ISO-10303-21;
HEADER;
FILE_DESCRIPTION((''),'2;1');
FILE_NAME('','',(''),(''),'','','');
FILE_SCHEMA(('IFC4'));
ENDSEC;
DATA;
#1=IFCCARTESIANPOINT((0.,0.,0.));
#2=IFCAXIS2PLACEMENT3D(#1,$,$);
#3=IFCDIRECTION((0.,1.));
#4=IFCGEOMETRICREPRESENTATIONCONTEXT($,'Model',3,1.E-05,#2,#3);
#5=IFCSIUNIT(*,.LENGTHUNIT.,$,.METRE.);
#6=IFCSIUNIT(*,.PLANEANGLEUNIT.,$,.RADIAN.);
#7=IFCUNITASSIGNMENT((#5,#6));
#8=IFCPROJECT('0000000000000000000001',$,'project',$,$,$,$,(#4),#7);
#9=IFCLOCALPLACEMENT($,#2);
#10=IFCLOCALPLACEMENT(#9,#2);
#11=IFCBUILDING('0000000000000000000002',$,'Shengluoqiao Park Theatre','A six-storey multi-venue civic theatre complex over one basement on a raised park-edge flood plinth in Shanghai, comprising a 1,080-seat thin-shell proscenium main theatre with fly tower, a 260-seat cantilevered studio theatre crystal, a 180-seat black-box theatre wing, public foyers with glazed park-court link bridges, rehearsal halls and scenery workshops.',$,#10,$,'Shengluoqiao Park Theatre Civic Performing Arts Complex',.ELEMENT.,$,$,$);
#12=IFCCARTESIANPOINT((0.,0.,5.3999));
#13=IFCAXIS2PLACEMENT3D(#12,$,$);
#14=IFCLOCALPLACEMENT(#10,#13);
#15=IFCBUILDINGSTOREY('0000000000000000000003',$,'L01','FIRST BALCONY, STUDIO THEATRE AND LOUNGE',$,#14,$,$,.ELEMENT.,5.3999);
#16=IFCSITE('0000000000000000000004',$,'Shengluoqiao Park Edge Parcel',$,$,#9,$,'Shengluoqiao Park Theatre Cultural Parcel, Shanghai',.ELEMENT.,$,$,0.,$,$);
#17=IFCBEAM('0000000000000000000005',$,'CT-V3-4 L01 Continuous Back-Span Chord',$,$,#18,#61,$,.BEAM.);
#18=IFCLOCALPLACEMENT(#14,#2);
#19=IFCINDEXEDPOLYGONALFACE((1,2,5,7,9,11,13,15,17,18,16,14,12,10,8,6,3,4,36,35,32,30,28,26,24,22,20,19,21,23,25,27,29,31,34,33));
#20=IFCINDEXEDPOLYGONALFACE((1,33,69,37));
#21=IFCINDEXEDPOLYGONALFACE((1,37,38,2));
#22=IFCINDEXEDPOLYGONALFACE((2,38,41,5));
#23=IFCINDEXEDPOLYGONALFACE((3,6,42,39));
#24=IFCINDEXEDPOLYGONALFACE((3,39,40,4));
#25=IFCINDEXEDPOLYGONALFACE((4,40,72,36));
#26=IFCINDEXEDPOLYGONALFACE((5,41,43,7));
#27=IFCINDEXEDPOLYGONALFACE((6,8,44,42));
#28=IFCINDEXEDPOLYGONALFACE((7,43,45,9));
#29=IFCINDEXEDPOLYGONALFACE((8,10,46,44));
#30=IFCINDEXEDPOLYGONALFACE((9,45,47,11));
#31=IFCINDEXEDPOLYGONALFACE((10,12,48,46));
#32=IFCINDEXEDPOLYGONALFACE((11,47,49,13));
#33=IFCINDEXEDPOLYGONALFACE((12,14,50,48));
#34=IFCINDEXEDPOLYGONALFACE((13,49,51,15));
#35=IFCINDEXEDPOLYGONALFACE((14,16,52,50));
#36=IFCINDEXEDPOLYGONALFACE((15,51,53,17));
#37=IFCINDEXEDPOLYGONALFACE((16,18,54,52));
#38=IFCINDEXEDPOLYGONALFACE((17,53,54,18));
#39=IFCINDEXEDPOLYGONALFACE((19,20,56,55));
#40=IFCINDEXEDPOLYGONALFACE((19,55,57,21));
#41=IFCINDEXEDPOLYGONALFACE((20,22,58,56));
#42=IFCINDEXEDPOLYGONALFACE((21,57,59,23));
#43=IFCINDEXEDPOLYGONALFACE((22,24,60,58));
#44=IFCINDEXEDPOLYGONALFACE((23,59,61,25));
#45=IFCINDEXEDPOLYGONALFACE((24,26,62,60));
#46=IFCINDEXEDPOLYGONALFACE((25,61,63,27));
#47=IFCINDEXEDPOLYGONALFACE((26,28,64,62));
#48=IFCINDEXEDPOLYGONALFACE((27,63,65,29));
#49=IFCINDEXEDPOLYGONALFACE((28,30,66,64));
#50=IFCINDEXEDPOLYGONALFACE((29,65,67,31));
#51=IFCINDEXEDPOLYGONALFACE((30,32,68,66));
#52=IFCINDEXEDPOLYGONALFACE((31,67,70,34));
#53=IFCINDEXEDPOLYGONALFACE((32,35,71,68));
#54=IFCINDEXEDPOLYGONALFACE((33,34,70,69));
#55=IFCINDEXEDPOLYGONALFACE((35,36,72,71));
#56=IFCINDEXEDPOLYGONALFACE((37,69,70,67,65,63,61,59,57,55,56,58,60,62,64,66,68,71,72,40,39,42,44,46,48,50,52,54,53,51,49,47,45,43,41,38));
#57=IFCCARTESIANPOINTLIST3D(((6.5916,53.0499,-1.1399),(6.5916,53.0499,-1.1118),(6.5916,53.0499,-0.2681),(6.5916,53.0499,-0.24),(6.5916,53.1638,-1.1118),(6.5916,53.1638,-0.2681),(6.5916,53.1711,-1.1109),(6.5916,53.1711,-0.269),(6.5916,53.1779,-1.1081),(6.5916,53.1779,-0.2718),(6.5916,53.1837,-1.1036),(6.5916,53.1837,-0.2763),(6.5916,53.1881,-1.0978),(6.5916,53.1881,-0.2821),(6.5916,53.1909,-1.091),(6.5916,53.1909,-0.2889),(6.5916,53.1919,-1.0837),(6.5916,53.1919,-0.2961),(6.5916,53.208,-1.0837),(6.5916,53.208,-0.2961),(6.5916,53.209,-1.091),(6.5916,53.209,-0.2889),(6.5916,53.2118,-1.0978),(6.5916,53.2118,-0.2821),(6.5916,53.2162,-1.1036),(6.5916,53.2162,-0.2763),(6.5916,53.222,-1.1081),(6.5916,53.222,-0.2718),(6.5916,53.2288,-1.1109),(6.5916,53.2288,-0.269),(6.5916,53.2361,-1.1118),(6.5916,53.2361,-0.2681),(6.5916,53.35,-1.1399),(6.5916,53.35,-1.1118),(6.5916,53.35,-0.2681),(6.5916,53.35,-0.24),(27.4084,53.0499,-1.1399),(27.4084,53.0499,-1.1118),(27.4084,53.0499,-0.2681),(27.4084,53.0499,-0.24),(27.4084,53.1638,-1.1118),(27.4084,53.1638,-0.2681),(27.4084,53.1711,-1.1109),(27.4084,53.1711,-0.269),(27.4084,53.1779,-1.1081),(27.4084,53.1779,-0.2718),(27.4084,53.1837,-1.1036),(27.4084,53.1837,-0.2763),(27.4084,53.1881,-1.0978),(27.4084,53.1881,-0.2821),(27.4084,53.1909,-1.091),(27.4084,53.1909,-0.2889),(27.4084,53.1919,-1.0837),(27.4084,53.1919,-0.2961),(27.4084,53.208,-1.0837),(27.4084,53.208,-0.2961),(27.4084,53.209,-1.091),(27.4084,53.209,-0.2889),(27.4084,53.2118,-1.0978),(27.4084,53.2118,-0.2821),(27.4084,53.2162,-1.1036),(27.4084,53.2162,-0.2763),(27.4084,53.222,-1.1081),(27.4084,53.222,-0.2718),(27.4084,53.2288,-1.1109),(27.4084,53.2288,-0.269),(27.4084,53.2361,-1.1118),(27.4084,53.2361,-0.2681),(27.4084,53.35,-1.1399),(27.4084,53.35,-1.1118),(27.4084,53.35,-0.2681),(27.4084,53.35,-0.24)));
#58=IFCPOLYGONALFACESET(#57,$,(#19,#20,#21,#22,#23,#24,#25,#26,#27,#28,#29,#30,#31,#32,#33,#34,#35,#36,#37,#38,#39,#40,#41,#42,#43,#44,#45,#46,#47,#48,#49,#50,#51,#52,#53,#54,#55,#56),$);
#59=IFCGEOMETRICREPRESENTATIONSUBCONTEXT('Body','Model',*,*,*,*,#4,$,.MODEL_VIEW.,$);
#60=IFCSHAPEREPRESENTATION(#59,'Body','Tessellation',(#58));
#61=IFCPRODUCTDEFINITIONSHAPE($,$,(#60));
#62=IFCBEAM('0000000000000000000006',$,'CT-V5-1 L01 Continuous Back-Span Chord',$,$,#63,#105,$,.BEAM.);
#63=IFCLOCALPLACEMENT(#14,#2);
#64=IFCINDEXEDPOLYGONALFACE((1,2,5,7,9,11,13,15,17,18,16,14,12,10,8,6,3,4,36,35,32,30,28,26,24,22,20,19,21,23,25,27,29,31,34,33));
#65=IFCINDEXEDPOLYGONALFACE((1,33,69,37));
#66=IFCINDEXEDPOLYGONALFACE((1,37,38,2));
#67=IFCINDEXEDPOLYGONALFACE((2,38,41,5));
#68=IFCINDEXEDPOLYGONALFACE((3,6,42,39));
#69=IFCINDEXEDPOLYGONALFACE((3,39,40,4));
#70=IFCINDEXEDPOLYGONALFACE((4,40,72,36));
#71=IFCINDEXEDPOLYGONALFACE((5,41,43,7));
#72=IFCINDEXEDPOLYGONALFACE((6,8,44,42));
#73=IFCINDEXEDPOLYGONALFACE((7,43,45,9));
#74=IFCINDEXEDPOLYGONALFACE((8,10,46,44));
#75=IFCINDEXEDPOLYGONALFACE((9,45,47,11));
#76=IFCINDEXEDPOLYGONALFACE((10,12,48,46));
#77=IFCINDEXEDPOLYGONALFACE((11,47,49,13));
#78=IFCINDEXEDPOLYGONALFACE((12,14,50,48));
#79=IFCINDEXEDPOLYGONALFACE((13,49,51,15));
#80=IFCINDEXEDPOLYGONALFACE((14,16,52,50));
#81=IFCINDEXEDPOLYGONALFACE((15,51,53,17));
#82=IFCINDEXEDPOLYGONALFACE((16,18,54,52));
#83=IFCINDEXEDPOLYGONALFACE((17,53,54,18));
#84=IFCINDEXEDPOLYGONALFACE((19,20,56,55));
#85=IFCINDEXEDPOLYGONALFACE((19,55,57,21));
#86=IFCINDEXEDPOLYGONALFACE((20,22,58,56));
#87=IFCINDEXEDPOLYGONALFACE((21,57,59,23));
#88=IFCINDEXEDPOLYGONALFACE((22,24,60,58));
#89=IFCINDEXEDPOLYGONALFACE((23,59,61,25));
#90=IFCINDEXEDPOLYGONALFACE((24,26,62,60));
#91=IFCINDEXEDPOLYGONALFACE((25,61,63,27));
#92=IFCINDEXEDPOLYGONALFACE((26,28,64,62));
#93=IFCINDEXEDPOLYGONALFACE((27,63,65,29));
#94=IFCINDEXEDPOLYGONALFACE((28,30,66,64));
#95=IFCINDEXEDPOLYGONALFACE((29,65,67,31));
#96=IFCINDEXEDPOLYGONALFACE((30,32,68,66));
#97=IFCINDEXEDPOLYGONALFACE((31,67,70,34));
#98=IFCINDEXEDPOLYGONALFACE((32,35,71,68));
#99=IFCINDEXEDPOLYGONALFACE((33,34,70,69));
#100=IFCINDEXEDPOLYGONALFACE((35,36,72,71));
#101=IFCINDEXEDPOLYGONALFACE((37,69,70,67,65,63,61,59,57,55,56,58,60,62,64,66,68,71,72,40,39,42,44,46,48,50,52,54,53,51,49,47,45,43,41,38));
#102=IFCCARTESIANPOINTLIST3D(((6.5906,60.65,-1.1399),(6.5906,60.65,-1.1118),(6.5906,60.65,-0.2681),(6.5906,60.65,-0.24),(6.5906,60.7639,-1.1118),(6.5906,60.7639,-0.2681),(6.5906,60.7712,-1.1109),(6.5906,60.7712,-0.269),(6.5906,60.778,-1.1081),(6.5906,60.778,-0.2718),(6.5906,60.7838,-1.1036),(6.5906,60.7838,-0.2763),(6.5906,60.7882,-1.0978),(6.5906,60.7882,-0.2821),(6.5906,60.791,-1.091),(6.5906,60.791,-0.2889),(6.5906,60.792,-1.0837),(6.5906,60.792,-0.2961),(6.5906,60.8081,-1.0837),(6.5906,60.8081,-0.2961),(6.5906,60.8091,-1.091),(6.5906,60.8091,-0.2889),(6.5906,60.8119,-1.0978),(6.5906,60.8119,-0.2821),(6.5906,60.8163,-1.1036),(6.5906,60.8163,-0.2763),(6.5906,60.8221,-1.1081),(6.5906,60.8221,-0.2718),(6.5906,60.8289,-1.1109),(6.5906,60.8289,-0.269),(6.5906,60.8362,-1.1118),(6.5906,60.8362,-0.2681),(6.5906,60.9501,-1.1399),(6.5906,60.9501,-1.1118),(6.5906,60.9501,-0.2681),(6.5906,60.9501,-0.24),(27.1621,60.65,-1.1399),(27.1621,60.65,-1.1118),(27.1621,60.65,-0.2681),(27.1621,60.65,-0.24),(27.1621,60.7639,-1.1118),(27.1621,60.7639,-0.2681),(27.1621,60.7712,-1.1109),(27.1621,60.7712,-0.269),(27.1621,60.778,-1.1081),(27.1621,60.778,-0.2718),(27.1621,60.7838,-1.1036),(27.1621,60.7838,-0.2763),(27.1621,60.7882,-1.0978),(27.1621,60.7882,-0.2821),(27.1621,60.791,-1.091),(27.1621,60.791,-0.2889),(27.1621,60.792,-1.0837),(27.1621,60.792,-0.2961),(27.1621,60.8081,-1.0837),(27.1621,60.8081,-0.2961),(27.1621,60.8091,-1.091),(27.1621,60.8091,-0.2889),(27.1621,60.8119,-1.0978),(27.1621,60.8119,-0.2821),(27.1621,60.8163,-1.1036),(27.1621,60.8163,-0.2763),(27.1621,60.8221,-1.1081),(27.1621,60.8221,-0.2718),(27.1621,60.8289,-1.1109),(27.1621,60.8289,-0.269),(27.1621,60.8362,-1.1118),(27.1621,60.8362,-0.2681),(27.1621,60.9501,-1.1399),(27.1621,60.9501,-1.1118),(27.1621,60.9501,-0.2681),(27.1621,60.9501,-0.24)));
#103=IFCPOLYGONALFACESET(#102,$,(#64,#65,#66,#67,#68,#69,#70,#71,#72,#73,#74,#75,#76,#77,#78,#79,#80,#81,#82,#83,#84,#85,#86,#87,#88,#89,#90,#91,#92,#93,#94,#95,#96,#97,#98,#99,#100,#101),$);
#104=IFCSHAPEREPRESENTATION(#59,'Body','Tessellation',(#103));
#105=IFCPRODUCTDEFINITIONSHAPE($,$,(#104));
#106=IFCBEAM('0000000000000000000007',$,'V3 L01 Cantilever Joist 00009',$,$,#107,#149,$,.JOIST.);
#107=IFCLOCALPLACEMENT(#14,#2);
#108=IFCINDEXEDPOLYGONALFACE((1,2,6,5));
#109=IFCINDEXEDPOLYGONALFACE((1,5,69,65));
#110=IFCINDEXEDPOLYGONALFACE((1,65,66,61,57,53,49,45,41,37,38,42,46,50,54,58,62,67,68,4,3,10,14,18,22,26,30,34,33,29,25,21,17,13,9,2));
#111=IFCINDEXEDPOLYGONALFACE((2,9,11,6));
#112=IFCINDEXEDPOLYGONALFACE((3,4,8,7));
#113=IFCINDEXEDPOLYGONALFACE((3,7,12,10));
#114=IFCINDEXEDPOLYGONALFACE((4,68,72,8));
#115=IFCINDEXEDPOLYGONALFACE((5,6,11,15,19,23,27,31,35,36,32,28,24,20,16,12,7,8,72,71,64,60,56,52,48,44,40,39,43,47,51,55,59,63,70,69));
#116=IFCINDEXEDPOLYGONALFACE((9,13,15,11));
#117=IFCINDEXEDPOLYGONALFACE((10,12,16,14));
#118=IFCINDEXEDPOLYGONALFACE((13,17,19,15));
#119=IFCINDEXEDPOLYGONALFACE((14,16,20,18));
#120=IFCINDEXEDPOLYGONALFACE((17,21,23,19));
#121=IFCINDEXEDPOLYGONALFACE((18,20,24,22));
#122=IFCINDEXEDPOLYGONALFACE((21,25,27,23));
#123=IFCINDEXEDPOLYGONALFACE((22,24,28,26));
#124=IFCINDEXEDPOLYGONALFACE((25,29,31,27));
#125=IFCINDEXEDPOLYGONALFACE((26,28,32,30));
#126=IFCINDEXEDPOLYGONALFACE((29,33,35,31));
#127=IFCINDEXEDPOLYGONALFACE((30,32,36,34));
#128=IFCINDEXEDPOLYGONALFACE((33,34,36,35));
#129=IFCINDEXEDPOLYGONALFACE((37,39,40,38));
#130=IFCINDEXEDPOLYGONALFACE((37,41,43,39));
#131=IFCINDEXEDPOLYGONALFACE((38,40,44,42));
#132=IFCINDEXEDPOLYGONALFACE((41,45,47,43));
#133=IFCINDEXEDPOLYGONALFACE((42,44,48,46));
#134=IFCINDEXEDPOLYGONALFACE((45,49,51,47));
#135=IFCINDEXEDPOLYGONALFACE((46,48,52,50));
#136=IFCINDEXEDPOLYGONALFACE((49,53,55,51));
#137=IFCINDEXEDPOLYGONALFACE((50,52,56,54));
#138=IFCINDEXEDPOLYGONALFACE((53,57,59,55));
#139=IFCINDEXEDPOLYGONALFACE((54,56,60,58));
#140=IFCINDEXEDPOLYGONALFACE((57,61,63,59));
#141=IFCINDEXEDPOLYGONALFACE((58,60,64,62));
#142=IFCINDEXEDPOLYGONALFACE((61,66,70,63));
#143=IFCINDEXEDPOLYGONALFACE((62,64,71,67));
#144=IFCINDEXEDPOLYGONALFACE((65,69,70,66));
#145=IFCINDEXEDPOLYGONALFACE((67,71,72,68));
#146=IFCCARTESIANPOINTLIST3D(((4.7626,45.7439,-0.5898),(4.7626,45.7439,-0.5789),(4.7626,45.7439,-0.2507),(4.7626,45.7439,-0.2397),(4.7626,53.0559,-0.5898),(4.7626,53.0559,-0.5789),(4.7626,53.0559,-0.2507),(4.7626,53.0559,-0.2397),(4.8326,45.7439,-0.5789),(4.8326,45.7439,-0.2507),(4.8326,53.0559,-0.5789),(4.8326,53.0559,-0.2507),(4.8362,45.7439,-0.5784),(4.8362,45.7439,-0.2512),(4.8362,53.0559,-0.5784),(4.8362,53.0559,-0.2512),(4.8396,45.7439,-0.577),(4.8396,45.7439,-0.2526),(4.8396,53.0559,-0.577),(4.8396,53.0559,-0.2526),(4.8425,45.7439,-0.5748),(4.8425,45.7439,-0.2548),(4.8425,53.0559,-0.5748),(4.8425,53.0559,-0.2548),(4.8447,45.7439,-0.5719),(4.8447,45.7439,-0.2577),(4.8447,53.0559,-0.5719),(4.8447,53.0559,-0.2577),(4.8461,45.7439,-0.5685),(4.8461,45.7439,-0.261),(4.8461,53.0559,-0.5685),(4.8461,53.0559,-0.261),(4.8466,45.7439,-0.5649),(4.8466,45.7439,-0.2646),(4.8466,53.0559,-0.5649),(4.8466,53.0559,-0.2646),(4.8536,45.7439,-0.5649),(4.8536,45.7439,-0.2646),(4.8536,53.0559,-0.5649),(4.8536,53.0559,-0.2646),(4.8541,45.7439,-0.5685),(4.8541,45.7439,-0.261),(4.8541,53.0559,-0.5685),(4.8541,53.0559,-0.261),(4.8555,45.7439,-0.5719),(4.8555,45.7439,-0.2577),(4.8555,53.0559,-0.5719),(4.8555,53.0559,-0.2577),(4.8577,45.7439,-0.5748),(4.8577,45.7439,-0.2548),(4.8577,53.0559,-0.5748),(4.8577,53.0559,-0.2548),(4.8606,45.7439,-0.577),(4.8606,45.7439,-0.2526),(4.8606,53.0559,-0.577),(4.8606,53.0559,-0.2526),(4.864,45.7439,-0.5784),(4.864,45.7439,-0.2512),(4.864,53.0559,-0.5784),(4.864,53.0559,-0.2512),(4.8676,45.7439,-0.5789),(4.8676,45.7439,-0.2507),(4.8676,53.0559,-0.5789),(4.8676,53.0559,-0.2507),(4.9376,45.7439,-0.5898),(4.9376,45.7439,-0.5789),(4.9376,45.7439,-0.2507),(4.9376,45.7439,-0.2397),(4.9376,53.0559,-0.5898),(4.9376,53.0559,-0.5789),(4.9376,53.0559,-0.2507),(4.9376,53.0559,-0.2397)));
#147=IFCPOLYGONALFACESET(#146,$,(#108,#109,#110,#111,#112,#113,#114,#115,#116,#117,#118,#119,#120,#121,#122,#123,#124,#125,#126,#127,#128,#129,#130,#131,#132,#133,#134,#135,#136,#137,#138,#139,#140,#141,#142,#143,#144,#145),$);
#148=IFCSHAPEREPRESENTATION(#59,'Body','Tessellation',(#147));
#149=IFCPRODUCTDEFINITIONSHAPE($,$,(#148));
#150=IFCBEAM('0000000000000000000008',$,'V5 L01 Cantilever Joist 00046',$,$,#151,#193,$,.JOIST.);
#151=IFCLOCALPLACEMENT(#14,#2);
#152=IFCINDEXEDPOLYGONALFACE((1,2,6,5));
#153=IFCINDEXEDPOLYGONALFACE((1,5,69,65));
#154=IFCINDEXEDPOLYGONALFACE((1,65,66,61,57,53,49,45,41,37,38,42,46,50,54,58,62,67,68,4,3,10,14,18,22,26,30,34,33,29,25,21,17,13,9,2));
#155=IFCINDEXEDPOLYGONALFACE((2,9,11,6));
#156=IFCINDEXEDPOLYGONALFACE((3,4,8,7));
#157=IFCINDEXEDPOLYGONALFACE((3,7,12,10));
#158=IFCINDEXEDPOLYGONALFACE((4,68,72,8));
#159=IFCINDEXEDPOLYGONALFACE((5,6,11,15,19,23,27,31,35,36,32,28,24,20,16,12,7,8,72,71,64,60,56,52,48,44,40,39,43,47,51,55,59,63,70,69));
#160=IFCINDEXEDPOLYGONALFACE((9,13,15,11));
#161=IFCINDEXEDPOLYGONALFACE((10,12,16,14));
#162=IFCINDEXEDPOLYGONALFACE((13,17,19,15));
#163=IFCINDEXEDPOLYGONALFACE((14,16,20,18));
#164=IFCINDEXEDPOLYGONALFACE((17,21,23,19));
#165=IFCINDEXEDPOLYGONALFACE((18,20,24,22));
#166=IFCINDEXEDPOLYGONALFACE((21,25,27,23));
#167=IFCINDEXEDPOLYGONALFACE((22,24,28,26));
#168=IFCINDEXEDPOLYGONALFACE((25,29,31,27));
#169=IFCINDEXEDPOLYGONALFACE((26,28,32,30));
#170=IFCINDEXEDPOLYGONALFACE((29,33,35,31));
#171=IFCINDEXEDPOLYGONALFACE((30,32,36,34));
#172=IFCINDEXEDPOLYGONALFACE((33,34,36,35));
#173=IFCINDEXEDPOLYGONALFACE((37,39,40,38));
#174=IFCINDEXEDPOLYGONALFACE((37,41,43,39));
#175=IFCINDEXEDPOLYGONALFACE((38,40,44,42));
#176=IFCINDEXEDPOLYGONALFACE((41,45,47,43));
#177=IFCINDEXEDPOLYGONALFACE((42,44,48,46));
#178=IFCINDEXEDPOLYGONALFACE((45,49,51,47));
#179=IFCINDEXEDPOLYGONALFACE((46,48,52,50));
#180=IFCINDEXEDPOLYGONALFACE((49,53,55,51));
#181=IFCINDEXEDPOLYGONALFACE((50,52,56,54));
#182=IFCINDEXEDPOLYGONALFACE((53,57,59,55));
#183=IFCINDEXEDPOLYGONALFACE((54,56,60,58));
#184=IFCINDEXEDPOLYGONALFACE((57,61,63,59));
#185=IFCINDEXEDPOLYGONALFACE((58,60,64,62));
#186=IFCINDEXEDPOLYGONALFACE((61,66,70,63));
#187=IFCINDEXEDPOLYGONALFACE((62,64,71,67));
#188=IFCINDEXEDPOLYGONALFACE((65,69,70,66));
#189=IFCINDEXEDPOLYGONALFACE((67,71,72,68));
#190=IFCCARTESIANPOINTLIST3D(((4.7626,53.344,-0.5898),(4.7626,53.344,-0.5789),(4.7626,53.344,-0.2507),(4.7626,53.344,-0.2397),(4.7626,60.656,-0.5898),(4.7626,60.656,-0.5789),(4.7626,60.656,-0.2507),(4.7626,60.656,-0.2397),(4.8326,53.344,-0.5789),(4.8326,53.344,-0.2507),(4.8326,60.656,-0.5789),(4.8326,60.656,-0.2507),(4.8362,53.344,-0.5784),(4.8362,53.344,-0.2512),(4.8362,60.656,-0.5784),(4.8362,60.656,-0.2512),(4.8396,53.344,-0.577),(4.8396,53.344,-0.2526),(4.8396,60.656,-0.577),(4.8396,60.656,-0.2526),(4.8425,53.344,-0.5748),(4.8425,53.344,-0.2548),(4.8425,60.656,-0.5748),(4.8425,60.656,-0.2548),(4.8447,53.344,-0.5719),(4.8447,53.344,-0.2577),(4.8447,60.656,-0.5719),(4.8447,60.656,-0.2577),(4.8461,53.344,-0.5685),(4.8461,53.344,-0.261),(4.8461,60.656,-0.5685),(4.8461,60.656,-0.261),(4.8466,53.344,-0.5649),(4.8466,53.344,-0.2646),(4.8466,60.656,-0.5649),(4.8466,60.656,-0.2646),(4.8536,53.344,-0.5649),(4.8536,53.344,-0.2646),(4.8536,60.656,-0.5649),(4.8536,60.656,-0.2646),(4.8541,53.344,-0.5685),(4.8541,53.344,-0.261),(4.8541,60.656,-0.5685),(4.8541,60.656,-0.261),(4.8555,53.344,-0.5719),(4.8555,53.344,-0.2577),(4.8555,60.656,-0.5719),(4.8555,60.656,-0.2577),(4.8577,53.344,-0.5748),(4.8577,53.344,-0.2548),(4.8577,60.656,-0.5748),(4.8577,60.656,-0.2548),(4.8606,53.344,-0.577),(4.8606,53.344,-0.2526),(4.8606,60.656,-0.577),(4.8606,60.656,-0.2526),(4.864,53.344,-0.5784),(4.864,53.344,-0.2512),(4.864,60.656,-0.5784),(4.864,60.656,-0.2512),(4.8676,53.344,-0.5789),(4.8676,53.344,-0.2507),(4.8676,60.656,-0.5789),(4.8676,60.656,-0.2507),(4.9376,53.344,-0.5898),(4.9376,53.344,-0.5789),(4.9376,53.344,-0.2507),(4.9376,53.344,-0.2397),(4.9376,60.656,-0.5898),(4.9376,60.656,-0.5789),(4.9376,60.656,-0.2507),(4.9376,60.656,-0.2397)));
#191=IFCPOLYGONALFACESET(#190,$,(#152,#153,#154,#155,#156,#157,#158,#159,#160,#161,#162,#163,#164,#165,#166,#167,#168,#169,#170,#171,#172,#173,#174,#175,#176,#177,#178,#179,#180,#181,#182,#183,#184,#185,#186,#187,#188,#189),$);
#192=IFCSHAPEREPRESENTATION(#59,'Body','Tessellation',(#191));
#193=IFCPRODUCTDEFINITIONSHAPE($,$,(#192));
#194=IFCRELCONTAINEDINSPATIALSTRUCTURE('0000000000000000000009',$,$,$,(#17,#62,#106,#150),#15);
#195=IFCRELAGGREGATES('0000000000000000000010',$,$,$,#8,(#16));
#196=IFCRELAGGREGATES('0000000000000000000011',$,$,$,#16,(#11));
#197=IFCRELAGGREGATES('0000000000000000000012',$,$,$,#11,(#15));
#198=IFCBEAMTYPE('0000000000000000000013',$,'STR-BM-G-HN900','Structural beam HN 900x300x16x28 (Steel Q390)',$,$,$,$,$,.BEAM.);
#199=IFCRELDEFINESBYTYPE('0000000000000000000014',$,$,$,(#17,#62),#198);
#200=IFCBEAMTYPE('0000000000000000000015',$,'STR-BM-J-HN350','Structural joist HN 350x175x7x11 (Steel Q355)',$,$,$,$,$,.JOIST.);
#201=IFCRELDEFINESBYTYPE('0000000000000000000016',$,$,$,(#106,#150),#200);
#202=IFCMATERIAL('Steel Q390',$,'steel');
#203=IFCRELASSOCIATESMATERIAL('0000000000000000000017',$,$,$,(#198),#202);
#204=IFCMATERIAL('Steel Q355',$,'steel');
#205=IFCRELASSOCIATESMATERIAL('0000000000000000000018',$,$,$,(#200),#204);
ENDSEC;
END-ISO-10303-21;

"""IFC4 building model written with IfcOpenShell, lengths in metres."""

from ifc_helpers import new_model, si_unit, direction, frame, origin, origin_2d, place, context, subcontext, project, spatial, i_section, extrude, material, material_profile, profile_set, type_object, element, save


model = new_model("IFC4")

# Units and contexts
model_context = context("Model", 3, precision=1e-05, world=origin(), true_north=direction((0.0, 1.0)))
body_context = subcontext(model_context, "Body", "Model", "MODEL_VIEW")
ifc_project = project(units=[si_unit("LENGTHUNIT", "METRE"), si_unit("PLANEANGLEUNIT", "RADIAN")], contexts=[model_context])

# Site, building, storey
site_placement = place(None, origin())
site = spatial("IfcSite", under=ifc_project, at=site_placement, Name="Shengluoqiao Park Edge Parcel", LongName="Shengluoqiao Park Theatre Cultural Parcel, Shanghai", CompositionType="ELEMENT", RefElevation=0.0)
building_placement = place(site_placement, origin())
building = spatial("IfcBuilding", under=site, at=building_placement, Name="Shengluoqiao Park Theatre", Description="A six-storey multi-venue civic theatre complex over one basement on a raised park-edge flood plinth in Shanghai, comprising a 1,080-seat thin-shell proscenium main theatre with fly tower, a 260-seat cantilevered studio theatre crystal, a 180-seat black-box theatre wing, public foyers with glazed park-court link bridges, rehearsal halls and scenery workshops.", LongName="Shengluoqiao Park Theatre Civic Performing Arts Complex", CompositionType="ELEMENT")
storey_placement = place(building_placement, frame((0.0, 0.0, 5.3999)))
storey = spatial("IfcBuildingStorey", under=building, at=storey_placement, Name="L01", Description="FIRST BALCONY, STUDIO THEATRE AND LOUNGE", CompositionType="ELEMENT", Elevation=5.3999)

# Shared definitions
ifc_material_1 = material(Name="Steel Q355", Category="steel")

# Beams
ifc_material_2 = material(Name="Steel Q390", Category="steel")
ifc_material_profile_1 = material_profile(ifc_material_2, i_section(OverallWidth=0.3, OverallDepth=0.8999, WebThickness=0.0161, FlangeThickness=0.0281, FilletRadius=0.0281, at=origin_2d()), Name="HN 900x300x16x28")
ifc_profile_set_1 = profile_set([ifc_material_profile_1], Name="Steel Q390")
beam_type_1 = type_object("IfcBeamType", Name="STR-BM-G-HN900", Description="Structural beam HN 900x300x16x28 (Steel Q390)", PredefinedType="BEAM", material=ifc_profile_set_1)
beam_1_placement = place(storey_placement, frame((6.5916, 53.2, -0.6899), z_axis=(1.0, 0.0, 0.0), x_axis=(0.0, 1.0, 0.0)))
element("IfcBeam", 1, at=beam_1_placement, inside=storey, type_object=beam_type_1, Name="CT-V3-4 L01 Continuous Back-Span Chord", PredefinedType="BEAM", context=body_context, shape_type="SweptSolid", body=[
    extrude(i_section(OverallWidth=0.3, OverallDepth=0.8999, WebThickness=0.0161, FlangeThickness=0.0281, FilletRadius=0.0281, at=origin_2d()), origin(), (0.0, 0.0, 1.0), 20.8169),
])
beam_2_placement = place(storey_placement, frame((6.5906, 60.8, -0.6899), z_axis=(1.0, 0.0, 0.0), x_axis=(0.0, 1.0, 0.0)))
element("IfcBeam", 2, at=beam_2_placement, inside=storey, type_object=beam_type_1, Name="CT-V5-1 L01 Continuous Back-Span Chord", PredefinedType="BEAM", context=body_context, shape_type="SweptSolid", body=[
    extrude(i_section(OverallWidth=0.3, OverallDepth=0.8999, WebThickness=0.0161, FlangeThickness=0.0281, FilletRadius=0.0281, at=origin_2d()), origin(), (0.0, 0.0, 1.0), 20.5715),
])
ifc_material_profile_2 = material_profile(ifc_material_1, i_section(OverallWidth=0.175, OverallDepth=0.3501, WebThickness=0.0071, FlangeThickness=0.011, FilletRadius=0.0139, at=origin_2d()), Name="HN 350x175x7x11")
ifc_profile_set_2 = profile_set([ifc_material_profile_2], Name="Steel Q355")
beam_type_2 = type_object("IfcBeamType", Name="STR-BM-J-HN350", Description="Structural joist HN 350x175x7x11 (Steel Q355)", PredefinedType="JOIST", material=ifc_profile_set_2)
for number, where, z_axis, x_axis, name in (
    (3, (4.8501, 45.7439, -0.4148), (0.0, 1.0, 0.0), (-1.0, 0.0, 0.0), "V3 L01 Cantilever Joist 00009"),
    (4, (4.8501, 53.344, -0.4148), (0.0, 1.0, 0.0), (-1.0, 0.0, 0.0), "V5 L01 Cantilever Joist 00046"),
):
    element("IfcBeam", number, at=place(storey_placement, frame(where, z_axis=z_axis, x_axis=x_axis)), inside=storey, type_object=beam_type_2, Name=name, PredefinedType="JOIST", context=body_context, shape_type="SweptSolid", body=[
        extrude(i_section(OverallWidth=0.175, OverallDepth=0.3501, WebThickness=0.0071, FlangeThickness=0.011, FilletRadius=0.0139, at=origin_2d()), origin(), (0.0, 0.0, 1.0), 7.312),
    ])

save(model, "model.ifc")
